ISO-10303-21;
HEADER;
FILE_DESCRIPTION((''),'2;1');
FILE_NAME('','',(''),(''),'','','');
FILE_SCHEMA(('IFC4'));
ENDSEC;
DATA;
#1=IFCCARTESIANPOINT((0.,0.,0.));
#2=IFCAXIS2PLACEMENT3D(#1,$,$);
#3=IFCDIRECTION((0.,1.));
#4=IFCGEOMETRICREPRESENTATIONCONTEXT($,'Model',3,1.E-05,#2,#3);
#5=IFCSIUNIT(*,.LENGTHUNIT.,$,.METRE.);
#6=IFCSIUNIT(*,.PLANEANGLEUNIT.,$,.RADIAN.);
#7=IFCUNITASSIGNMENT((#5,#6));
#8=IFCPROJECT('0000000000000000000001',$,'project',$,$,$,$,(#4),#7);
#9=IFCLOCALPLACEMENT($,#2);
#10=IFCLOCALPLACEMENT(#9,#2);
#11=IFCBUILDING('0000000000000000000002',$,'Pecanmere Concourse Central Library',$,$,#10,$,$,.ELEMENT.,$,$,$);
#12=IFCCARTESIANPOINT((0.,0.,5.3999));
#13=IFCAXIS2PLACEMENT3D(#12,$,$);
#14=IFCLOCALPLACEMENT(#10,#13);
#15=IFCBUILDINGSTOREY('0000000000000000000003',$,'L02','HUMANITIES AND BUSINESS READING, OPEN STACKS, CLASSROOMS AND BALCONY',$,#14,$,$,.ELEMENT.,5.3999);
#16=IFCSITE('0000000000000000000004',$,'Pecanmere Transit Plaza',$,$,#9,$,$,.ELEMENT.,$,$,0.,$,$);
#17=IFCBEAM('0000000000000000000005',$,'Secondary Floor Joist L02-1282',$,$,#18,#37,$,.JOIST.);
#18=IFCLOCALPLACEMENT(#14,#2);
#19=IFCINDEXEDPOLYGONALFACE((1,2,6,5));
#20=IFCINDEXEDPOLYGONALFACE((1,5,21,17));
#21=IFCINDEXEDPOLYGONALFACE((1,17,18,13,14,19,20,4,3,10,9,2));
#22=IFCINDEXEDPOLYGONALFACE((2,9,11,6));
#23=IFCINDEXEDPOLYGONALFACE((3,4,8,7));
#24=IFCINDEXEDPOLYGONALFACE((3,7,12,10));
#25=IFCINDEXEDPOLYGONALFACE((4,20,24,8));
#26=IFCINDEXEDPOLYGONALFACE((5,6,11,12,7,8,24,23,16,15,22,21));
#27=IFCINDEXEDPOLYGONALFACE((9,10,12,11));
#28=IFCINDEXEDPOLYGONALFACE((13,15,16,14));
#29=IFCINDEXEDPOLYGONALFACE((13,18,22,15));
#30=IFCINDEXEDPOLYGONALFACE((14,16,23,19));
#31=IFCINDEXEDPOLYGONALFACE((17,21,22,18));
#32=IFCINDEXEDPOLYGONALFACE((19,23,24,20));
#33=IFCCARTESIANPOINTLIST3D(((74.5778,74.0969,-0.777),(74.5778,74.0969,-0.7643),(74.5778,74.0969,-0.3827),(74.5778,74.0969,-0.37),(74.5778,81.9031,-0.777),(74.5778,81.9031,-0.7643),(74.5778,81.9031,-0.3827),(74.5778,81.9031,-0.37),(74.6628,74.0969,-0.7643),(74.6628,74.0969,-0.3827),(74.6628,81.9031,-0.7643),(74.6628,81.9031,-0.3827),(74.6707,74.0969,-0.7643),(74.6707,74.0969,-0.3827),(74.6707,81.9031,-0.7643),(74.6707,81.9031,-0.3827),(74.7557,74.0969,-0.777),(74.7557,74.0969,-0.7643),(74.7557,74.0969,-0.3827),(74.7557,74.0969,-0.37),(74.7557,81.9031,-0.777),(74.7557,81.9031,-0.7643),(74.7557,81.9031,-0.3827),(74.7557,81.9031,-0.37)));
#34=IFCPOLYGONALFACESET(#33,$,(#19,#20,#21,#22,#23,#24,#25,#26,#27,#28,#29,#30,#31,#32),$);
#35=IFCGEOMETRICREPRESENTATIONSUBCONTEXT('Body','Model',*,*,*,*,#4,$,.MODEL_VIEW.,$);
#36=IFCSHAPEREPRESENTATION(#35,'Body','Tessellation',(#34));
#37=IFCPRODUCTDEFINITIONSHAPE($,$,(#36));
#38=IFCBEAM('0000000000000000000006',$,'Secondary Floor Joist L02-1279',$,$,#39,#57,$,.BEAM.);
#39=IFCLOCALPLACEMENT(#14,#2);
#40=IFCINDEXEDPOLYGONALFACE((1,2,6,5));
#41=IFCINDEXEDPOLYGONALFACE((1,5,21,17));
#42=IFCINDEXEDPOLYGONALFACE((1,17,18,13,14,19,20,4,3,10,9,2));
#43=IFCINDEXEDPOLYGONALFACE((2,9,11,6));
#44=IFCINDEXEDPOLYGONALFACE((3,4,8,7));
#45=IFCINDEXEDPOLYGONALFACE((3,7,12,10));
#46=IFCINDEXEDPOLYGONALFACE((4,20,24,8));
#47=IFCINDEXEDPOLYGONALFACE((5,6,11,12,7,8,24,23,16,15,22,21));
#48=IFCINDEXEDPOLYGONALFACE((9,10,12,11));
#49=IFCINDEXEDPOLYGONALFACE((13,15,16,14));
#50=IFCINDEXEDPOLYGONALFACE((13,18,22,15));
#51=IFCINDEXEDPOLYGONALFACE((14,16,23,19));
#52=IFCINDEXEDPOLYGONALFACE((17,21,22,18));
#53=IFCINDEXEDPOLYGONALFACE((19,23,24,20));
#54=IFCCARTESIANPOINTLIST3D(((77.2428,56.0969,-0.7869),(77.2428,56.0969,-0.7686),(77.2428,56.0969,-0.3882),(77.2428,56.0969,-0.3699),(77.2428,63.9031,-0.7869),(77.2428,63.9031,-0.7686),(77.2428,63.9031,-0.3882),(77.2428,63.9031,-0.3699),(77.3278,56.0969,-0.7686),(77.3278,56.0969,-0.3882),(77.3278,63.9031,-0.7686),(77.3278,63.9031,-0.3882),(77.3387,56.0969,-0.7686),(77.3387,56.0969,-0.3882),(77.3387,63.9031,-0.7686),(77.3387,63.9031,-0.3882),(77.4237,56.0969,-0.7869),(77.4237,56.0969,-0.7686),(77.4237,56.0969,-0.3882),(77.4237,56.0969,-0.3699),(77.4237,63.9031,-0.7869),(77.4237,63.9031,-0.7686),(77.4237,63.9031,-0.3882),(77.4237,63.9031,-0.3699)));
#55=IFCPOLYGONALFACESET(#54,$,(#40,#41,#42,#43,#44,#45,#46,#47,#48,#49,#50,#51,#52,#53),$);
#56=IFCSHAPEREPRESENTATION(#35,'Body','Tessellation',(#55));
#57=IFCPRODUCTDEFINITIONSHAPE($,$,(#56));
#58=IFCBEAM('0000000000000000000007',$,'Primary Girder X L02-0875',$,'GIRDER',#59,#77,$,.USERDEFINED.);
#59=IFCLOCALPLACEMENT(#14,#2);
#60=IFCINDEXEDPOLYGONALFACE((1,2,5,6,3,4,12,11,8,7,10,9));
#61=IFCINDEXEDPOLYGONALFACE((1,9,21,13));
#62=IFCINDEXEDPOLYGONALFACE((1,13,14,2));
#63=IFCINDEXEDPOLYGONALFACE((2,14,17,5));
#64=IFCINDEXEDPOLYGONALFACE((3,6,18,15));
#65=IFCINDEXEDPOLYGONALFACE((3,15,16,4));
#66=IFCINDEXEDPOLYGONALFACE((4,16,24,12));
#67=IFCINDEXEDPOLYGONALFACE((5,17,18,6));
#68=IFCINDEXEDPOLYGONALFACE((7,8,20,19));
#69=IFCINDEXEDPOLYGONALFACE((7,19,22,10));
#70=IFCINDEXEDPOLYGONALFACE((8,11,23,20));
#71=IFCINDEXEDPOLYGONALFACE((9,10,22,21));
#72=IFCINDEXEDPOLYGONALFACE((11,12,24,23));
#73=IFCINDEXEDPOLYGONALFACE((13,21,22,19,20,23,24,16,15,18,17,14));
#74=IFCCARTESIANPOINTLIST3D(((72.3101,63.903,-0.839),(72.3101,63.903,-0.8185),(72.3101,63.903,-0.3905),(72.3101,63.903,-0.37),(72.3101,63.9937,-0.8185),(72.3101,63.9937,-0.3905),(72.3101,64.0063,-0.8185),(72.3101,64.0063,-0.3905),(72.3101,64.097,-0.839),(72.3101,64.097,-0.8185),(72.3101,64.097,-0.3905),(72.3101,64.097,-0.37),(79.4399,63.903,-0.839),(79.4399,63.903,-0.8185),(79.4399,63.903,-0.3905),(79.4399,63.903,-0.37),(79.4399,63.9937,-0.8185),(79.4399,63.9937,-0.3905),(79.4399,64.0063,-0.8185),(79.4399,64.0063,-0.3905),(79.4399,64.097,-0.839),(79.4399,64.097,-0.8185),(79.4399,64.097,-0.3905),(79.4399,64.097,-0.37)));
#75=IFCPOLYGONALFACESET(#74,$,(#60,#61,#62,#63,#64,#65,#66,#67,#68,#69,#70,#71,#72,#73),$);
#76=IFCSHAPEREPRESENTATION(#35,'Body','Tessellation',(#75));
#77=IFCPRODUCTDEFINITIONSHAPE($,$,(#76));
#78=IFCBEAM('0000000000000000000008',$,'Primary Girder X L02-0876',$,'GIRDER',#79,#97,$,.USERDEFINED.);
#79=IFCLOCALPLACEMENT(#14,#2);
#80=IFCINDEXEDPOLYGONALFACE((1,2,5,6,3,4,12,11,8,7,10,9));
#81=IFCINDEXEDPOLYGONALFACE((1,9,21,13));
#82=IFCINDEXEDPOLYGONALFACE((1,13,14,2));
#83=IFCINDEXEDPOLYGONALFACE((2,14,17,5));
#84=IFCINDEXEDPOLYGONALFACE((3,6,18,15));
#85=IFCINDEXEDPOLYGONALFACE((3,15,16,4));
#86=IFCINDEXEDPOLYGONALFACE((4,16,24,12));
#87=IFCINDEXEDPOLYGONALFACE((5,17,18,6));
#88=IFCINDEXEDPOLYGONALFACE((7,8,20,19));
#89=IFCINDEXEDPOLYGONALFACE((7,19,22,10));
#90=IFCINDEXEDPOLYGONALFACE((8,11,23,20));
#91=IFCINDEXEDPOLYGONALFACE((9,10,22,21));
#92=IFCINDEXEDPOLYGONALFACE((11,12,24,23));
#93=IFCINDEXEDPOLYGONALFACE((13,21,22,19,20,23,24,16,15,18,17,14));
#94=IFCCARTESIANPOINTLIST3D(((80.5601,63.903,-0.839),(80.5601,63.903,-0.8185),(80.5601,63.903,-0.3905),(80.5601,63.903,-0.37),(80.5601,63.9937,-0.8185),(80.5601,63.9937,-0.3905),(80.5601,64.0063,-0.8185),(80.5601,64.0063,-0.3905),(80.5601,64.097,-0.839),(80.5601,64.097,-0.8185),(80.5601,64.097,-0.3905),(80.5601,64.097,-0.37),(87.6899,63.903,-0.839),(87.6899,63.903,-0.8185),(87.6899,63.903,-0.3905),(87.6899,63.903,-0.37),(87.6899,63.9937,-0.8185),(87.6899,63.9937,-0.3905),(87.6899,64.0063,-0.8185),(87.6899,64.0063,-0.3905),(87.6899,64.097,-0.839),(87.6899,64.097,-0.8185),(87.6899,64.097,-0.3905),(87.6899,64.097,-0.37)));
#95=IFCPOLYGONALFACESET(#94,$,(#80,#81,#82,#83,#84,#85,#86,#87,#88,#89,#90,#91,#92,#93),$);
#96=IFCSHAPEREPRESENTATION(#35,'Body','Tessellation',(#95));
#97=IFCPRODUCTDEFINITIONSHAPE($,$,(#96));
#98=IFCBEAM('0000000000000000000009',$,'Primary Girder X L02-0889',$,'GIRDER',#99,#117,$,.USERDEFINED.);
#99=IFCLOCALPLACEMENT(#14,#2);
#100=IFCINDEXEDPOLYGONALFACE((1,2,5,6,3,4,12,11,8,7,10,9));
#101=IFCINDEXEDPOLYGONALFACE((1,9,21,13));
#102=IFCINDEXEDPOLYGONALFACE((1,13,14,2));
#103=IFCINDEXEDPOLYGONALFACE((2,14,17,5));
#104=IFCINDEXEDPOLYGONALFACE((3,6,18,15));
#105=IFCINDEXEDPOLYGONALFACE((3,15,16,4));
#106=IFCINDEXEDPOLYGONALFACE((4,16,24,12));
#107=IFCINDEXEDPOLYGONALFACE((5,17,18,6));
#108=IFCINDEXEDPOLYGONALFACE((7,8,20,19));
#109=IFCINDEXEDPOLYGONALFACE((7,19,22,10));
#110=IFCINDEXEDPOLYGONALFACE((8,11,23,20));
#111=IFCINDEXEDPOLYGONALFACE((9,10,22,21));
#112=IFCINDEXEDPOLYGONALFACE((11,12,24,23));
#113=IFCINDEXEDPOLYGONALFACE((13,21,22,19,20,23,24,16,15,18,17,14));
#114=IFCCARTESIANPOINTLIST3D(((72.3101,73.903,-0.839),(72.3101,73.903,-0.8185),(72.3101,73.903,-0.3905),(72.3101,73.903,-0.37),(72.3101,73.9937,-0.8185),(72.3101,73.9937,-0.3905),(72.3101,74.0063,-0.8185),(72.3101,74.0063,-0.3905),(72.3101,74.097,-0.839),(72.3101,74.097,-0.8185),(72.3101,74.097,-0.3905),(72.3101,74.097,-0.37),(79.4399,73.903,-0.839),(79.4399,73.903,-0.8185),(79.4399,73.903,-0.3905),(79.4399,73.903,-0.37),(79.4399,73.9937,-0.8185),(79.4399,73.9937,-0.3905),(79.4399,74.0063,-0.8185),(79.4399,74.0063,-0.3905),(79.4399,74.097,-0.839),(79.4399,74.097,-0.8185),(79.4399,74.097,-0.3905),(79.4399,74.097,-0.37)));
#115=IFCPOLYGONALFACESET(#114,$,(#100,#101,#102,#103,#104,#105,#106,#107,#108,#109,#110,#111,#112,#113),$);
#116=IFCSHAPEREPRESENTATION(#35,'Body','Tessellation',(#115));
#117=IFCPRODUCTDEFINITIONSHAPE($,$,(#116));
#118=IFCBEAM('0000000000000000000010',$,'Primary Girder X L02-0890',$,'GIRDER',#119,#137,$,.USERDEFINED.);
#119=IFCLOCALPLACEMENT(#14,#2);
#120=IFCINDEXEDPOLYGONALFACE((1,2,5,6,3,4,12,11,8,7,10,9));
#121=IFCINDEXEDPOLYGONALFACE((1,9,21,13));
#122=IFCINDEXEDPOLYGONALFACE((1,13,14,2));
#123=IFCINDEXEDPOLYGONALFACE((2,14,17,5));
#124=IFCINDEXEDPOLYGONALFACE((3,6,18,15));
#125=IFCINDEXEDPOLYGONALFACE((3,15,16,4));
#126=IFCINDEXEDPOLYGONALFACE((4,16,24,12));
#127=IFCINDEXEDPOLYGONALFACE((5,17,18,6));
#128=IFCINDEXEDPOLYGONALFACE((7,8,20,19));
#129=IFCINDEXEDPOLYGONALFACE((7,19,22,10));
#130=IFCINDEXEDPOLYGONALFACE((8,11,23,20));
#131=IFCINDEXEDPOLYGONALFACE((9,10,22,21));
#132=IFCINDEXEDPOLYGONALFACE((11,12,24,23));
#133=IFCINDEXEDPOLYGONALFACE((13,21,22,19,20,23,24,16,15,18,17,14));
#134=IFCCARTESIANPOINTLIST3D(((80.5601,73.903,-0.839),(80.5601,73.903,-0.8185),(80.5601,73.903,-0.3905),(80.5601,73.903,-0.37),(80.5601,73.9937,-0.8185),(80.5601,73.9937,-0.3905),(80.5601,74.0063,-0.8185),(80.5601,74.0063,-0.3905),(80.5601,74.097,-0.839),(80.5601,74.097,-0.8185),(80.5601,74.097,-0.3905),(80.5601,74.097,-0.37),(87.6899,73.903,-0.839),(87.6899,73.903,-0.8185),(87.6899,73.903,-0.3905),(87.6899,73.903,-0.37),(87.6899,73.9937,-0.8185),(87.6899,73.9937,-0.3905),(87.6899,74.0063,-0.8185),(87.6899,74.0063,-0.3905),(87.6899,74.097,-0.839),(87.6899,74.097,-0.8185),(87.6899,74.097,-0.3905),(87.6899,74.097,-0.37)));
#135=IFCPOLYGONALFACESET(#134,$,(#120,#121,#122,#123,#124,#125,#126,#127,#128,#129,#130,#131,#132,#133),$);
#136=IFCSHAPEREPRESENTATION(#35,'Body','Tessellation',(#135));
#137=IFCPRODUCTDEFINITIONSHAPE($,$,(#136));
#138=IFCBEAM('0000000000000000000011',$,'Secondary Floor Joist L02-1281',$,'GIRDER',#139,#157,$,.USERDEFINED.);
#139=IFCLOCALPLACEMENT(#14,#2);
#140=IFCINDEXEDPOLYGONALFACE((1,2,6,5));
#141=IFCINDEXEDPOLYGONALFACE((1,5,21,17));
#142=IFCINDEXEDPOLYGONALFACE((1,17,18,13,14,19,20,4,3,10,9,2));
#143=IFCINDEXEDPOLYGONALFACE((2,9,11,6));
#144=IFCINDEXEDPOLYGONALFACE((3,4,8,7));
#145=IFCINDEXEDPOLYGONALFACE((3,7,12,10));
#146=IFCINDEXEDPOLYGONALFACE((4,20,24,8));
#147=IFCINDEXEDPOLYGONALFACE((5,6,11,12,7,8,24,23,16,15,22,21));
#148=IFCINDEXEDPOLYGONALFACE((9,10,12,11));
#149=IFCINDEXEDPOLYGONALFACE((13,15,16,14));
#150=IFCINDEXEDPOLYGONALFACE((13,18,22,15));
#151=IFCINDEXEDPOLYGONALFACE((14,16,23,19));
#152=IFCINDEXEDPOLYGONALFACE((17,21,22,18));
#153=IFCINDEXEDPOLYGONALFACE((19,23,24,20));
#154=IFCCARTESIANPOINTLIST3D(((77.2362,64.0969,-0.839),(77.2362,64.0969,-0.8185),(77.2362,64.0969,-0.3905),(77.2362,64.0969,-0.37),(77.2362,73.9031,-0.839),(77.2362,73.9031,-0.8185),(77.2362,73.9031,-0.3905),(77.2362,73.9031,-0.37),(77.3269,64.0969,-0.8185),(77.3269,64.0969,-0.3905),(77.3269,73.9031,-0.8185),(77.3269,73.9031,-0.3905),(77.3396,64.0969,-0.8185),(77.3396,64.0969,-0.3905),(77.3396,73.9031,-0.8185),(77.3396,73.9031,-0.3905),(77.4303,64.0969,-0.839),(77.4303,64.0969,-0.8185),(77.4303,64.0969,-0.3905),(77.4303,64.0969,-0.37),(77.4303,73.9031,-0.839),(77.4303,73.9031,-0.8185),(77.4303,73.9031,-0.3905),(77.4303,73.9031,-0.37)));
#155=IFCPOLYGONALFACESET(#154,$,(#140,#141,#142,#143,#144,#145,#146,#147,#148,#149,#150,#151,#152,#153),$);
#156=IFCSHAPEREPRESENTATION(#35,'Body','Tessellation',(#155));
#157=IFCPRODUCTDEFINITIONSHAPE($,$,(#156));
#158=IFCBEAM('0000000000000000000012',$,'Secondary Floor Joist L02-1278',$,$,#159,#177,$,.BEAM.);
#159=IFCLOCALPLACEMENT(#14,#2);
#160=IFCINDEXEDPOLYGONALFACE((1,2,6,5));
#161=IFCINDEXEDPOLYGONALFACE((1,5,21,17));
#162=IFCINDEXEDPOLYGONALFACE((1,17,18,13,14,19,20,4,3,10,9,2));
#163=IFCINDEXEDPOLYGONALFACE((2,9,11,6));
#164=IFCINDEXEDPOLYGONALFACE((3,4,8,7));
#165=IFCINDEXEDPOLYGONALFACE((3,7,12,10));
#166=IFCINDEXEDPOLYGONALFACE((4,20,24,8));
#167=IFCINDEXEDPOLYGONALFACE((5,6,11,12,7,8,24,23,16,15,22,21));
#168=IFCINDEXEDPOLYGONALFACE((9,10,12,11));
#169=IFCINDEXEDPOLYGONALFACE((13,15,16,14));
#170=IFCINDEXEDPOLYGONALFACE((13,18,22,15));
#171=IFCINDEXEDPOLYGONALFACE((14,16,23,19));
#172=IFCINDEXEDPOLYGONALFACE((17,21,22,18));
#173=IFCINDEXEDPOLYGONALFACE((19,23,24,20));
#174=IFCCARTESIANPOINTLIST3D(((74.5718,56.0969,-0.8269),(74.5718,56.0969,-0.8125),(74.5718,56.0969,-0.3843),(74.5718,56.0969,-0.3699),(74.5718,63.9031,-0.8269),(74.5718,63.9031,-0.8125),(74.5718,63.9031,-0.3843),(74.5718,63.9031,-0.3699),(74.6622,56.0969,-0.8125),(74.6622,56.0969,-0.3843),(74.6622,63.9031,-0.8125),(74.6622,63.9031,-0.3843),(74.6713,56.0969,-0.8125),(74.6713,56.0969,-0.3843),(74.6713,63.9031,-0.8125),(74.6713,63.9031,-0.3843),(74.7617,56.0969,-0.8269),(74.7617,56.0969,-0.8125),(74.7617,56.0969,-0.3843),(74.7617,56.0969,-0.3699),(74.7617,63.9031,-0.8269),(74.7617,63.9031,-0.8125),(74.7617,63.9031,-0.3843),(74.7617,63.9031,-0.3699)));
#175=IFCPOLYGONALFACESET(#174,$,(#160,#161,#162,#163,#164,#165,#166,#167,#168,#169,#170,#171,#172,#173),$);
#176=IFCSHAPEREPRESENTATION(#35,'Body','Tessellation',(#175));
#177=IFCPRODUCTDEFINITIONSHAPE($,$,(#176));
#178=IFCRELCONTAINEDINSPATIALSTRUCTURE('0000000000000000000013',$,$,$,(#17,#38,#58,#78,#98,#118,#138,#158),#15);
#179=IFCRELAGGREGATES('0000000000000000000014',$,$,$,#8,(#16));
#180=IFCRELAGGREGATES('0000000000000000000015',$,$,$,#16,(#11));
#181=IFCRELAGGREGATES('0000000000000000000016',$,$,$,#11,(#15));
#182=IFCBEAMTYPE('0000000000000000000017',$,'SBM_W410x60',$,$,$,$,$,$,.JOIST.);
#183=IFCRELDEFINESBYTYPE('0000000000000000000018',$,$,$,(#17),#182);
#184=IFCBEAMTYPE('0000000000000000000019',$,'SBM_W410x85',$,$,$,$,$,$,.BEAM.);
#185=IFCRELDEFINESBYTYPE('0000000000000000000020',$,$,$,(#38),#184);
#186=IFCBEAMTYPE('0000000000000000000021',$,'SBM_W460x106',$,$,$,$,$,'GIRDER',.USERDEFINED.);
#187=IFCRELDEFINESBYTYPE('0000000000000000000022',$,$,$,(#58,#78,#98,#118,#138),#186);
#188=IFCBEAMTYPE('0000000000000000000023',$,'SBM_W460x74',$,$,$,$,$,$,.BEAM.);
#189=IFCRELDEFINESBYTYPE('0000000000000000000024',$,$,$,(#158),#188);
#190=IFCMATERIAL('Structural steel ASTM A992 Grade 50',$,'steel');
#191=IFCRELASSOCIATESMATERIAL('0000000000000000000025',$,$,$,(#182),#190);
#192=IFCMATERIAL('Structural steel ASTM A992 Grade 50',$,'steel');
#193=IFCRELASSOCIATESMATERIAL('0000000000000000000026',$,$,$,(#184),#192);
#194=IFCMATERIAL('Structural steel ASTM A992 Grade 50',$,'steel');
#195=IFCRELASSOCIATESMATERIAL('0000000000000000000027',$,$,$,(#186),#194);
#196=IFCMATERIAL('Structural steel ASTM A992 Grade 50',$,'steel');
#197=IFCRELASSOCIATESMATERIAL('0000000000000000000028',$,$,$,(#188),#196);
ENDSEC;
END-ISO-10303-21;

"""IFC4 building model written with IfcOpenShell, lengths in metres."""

from ifc_helpers import new_model, si_unit, direction, frame, origin, origin_2d, place, context, subcontext, project, spatial, i_section, extrude, material, material_profile, profile_set, type_object, element, save


model = new_model("IFC4")

# Units and contexts
model_context = context("Model", 3, precision=1e-05, world=origin(), true_north=direction((0.0, 1.0)))
body_context = subcontext(model_context, "Body", "Model", "MODEL_VIEW")
ifc_project = project(units=[si_unit("LENGTHUNIT", "METRE"), si_unit("PLANEANGLEUNIT", "RADIAN")], contexts=[model_context])

# Site, building, storey
site_placement = place(None, origin())
site = spatial("IfcSite", under=ifc_project, at=site_placement, Name="Pecanmere Transit Plaza", CompositionType="ELEMENT", RefElevation=0.0)
building_placement = place(site_placement, origin())
building = spatial("IfcBuilding", under=site, at=building_placement, Name="Pecanmere Concourse Central Library", CompositionType="ELEMENT")
storey_placement = place(building_placement, frame((0.0, 0.0, 5.3999)))
storey = spatial("IfcBuildingStorey", under=building, at=storey_placement, Name="L02", Description="HUMANITIES AND BUSINESS READING, OPEN STACKS, CLASSROOMS AND BALCONY", CompositionType="ELEMENT", Elevation=5.3999)

# Beams
ifc_material_1 = material(Name="Structural steel ASTM A992 Grade 50", Category="steel")
ifc_material_profile_1 = material_profile(ifc_material_1, i_section(OverallWidth=0.178, OverallDepth=0.407, WebThickness=0.0078, FlangeThickness=0.0127, at=origin_2d()), Name="W410x60")
ifc_profile_set_1 = profile_set([ifc_material_profile_1], Name="Structural steel ASTM A992 Grade 50")
beam_type_1 = type_object("IfcBeamType", Name="SBM_W410x60", PredefinedType="JOIST", material=ifc_profile_set_1)
beam_1_placement = place(storey_placement, frame((74.6667, 74.0969, -0.5735), z_axis=(0.0, 1.0, 0.0), x_axis=(-1.0, 0.0, 0.0)))
element("IfcBeam", 1, at=beam_1_placement, inside=storey, type_object=beam_type_1, Name="Secondary Floor Joist L02-1282", PredefinedType="JOIST", context=body_context, shape_type="SweptSolid", body=[
    extrude(i_section(OverallWidth=0.178, OverallDepth=0.407, WebThickness=0.0078, FlangeThickness=0.0127, at=origin_2d()), origin(), (0.0, 0.0, 1.0), 7.8062),
])
ifc_material_2 = material(Name="Structural steel ASTM A992 Grade 50", Category="steel")
ifc_material_profile_2 = material_profile(ifc_material_2, i_section(OverallWidth=0.1809, OverallDepth=0.417, WebThickness=0.011, FlangeThickness=0.0183, at=origin_2d()), Name="W410x85")
ifc_profile_set_2 = profile_set([ifc_material_profile_2], Name="Structural steel ASTM A992 Grade 50")
beam_type_2 = type_object("IfcBeamType", Name="SBM_W410x85", PredefinedType="BEAM", material=ifc_profile_set_2)
beam_2_placement = place(storey_placement, frame((77.3333, 56.0969, -0.5784), z_axis=(0.0, 1.0, 0.0), x_axis=(-1.0, 0.0, 0.0)))
element("IfcBeam", 2, at=beam_2_placement, inside=storey, type_object=beam_type_2, Name="Secondary Floor Joist L02-1279", PredefinedType="BEAM", context=body_context, shape_type="SweptSolid", body=[
    extrude(i_section(OverallWidth=0.1809, OverallDepth=0.417, WebThickness=0.011, FlangeThickness=0.0183, at=origin_2d()), origin(), (0.0, 0.0, 1.0), 7.8062),
])
ifc_material_3 = material(Name="Structural steel ASTM A992 Grade 50", Category="steel")
ifc_material_profile_3 = material_profile(ifc_material_3, i_section(OverallWidth=0.1941, OverallDepth=0.469, WebThickness=0.0127, FlangeThickness=0.0205, at=origin_2d()), Name="W460x106")
ifc_profile_set_3 = profile_set([ifc_material_profile_3], Name="Structural steel ASTM A992 Grade 50")
beam_type_3 = type_object("IfcBeamType", Name="SBM_W460x106", ElementType="GIRDER", PredefinedType="USERDEFINED", material=ifc_profile_set_3)
for number, where, z_axis, x_axis, name in (
    (3, (72.3101, 64.0, -0.6045), (1.0, 0.0, 0.0), (0.0, 1.0, 0.0), "Primary Girder X L02-0875"),
    (4, (80.5601, 64.0, -0.6045), (1.0, 0.0, 0.0), (0.0, 1.0, 0.0), "Primary Girder X L02-0876"),
    (5, (72.3101, 74.0, -0.6045), (1.0, 0.0, 0.0), (0.0, 1.0, 0.0), "Primary Girder X L02-0889"),
    (6, (80.5601, 74.0, -0.6045), (1.0, 0.0, 0.0), (0.0, 1.0, 0.0), "Primary Girder X L02-0890"),
):
    element("IfcBeam", number, at=place(storey_placement, frame(where, z_axis=z_axis, x_axis=x_axis)), inside=storey, type_object=beam_type_3, Name=name, ObjectType="GIRDER", PredefinedType="USERDEFINED", context=body_context, shape_type="SweptSolid", body=[
        extrude(i_section(OverallWidth=0.1941, OverallDepth=0.469, WebThickness=0.0127, FlangeThickness=0.0205, at=origin_2d()), origin(), (0.0, 0.0, 1.0), 7.1299),
    ])
beam_3_placement = place(storey_placement, frame((77.3333, 64.0969, -0.6045), z_axis=(0.0, 1.0, 0.0), x_axis=(-1.0, 0.0, 0.0)))
element("IfcBeam", 7, at=beam_3_placement, inside=storey, type_object=beam_type_3, Name="Secondary Floor Joist L02-1281", ObjectType="GIRDER", PredefinedType="USERDEFINED", context=body_context, shape_type="SweptSolid", body=[
    extrude(i_section(OverallWidth=0.1941, OverallDepth=0.469, WebThickness=0.0127, FlangeThickness=0.0205, at=origin_2d()), origin(), (0.0, 0.0, 1.0), 9.8062),
])
ifc_material_4 = material(Name="Structural steel ASTM A992 Grade 50", Category="steel")
ifc_material_profile_4 = material_profile(ifc_material_4, i_section(OverallWidth=0.1899, OverallDepth=0.457, WebThickness=0.009, FlangeThickness=0.0144, at=origin_2d()), Name="W460x74")
ifc_profile_set_4 = profile_set([ifc_material_profile_4], Name="Structural steel ASTM A992 Grade 50")
beam_type_4 = type_object("IfcBeamType", Name="SBM_W460x74", PredefinedType="BEAM", material=ifc_profile_set_4)
beam_4_placement = place(storey_placement, frame((74.6667, 56.0969, -0.5984), z_axis=(0.0, 1.0, 0.0), x_axis=(-1.0, 0.0, 0.0)))
element("IfcBeam", 8, at=beam_4_placement, inside=storey, type_object=beam_type_4, Name="Secondary Floor Joist L02-1278", PredefinedType="BEAM", context=body_context, shape_type="SweptSolid", body=[
    extrude(i_section(OverallWidth=0.1899, OverallDepth=0.457, WebThickness=0.009, FlangeThickness=0.0144, at=origin_2d()), origin(), (0.0, 0.0, 1.0), 7.8062),
])

save(model, "model.ifc")
